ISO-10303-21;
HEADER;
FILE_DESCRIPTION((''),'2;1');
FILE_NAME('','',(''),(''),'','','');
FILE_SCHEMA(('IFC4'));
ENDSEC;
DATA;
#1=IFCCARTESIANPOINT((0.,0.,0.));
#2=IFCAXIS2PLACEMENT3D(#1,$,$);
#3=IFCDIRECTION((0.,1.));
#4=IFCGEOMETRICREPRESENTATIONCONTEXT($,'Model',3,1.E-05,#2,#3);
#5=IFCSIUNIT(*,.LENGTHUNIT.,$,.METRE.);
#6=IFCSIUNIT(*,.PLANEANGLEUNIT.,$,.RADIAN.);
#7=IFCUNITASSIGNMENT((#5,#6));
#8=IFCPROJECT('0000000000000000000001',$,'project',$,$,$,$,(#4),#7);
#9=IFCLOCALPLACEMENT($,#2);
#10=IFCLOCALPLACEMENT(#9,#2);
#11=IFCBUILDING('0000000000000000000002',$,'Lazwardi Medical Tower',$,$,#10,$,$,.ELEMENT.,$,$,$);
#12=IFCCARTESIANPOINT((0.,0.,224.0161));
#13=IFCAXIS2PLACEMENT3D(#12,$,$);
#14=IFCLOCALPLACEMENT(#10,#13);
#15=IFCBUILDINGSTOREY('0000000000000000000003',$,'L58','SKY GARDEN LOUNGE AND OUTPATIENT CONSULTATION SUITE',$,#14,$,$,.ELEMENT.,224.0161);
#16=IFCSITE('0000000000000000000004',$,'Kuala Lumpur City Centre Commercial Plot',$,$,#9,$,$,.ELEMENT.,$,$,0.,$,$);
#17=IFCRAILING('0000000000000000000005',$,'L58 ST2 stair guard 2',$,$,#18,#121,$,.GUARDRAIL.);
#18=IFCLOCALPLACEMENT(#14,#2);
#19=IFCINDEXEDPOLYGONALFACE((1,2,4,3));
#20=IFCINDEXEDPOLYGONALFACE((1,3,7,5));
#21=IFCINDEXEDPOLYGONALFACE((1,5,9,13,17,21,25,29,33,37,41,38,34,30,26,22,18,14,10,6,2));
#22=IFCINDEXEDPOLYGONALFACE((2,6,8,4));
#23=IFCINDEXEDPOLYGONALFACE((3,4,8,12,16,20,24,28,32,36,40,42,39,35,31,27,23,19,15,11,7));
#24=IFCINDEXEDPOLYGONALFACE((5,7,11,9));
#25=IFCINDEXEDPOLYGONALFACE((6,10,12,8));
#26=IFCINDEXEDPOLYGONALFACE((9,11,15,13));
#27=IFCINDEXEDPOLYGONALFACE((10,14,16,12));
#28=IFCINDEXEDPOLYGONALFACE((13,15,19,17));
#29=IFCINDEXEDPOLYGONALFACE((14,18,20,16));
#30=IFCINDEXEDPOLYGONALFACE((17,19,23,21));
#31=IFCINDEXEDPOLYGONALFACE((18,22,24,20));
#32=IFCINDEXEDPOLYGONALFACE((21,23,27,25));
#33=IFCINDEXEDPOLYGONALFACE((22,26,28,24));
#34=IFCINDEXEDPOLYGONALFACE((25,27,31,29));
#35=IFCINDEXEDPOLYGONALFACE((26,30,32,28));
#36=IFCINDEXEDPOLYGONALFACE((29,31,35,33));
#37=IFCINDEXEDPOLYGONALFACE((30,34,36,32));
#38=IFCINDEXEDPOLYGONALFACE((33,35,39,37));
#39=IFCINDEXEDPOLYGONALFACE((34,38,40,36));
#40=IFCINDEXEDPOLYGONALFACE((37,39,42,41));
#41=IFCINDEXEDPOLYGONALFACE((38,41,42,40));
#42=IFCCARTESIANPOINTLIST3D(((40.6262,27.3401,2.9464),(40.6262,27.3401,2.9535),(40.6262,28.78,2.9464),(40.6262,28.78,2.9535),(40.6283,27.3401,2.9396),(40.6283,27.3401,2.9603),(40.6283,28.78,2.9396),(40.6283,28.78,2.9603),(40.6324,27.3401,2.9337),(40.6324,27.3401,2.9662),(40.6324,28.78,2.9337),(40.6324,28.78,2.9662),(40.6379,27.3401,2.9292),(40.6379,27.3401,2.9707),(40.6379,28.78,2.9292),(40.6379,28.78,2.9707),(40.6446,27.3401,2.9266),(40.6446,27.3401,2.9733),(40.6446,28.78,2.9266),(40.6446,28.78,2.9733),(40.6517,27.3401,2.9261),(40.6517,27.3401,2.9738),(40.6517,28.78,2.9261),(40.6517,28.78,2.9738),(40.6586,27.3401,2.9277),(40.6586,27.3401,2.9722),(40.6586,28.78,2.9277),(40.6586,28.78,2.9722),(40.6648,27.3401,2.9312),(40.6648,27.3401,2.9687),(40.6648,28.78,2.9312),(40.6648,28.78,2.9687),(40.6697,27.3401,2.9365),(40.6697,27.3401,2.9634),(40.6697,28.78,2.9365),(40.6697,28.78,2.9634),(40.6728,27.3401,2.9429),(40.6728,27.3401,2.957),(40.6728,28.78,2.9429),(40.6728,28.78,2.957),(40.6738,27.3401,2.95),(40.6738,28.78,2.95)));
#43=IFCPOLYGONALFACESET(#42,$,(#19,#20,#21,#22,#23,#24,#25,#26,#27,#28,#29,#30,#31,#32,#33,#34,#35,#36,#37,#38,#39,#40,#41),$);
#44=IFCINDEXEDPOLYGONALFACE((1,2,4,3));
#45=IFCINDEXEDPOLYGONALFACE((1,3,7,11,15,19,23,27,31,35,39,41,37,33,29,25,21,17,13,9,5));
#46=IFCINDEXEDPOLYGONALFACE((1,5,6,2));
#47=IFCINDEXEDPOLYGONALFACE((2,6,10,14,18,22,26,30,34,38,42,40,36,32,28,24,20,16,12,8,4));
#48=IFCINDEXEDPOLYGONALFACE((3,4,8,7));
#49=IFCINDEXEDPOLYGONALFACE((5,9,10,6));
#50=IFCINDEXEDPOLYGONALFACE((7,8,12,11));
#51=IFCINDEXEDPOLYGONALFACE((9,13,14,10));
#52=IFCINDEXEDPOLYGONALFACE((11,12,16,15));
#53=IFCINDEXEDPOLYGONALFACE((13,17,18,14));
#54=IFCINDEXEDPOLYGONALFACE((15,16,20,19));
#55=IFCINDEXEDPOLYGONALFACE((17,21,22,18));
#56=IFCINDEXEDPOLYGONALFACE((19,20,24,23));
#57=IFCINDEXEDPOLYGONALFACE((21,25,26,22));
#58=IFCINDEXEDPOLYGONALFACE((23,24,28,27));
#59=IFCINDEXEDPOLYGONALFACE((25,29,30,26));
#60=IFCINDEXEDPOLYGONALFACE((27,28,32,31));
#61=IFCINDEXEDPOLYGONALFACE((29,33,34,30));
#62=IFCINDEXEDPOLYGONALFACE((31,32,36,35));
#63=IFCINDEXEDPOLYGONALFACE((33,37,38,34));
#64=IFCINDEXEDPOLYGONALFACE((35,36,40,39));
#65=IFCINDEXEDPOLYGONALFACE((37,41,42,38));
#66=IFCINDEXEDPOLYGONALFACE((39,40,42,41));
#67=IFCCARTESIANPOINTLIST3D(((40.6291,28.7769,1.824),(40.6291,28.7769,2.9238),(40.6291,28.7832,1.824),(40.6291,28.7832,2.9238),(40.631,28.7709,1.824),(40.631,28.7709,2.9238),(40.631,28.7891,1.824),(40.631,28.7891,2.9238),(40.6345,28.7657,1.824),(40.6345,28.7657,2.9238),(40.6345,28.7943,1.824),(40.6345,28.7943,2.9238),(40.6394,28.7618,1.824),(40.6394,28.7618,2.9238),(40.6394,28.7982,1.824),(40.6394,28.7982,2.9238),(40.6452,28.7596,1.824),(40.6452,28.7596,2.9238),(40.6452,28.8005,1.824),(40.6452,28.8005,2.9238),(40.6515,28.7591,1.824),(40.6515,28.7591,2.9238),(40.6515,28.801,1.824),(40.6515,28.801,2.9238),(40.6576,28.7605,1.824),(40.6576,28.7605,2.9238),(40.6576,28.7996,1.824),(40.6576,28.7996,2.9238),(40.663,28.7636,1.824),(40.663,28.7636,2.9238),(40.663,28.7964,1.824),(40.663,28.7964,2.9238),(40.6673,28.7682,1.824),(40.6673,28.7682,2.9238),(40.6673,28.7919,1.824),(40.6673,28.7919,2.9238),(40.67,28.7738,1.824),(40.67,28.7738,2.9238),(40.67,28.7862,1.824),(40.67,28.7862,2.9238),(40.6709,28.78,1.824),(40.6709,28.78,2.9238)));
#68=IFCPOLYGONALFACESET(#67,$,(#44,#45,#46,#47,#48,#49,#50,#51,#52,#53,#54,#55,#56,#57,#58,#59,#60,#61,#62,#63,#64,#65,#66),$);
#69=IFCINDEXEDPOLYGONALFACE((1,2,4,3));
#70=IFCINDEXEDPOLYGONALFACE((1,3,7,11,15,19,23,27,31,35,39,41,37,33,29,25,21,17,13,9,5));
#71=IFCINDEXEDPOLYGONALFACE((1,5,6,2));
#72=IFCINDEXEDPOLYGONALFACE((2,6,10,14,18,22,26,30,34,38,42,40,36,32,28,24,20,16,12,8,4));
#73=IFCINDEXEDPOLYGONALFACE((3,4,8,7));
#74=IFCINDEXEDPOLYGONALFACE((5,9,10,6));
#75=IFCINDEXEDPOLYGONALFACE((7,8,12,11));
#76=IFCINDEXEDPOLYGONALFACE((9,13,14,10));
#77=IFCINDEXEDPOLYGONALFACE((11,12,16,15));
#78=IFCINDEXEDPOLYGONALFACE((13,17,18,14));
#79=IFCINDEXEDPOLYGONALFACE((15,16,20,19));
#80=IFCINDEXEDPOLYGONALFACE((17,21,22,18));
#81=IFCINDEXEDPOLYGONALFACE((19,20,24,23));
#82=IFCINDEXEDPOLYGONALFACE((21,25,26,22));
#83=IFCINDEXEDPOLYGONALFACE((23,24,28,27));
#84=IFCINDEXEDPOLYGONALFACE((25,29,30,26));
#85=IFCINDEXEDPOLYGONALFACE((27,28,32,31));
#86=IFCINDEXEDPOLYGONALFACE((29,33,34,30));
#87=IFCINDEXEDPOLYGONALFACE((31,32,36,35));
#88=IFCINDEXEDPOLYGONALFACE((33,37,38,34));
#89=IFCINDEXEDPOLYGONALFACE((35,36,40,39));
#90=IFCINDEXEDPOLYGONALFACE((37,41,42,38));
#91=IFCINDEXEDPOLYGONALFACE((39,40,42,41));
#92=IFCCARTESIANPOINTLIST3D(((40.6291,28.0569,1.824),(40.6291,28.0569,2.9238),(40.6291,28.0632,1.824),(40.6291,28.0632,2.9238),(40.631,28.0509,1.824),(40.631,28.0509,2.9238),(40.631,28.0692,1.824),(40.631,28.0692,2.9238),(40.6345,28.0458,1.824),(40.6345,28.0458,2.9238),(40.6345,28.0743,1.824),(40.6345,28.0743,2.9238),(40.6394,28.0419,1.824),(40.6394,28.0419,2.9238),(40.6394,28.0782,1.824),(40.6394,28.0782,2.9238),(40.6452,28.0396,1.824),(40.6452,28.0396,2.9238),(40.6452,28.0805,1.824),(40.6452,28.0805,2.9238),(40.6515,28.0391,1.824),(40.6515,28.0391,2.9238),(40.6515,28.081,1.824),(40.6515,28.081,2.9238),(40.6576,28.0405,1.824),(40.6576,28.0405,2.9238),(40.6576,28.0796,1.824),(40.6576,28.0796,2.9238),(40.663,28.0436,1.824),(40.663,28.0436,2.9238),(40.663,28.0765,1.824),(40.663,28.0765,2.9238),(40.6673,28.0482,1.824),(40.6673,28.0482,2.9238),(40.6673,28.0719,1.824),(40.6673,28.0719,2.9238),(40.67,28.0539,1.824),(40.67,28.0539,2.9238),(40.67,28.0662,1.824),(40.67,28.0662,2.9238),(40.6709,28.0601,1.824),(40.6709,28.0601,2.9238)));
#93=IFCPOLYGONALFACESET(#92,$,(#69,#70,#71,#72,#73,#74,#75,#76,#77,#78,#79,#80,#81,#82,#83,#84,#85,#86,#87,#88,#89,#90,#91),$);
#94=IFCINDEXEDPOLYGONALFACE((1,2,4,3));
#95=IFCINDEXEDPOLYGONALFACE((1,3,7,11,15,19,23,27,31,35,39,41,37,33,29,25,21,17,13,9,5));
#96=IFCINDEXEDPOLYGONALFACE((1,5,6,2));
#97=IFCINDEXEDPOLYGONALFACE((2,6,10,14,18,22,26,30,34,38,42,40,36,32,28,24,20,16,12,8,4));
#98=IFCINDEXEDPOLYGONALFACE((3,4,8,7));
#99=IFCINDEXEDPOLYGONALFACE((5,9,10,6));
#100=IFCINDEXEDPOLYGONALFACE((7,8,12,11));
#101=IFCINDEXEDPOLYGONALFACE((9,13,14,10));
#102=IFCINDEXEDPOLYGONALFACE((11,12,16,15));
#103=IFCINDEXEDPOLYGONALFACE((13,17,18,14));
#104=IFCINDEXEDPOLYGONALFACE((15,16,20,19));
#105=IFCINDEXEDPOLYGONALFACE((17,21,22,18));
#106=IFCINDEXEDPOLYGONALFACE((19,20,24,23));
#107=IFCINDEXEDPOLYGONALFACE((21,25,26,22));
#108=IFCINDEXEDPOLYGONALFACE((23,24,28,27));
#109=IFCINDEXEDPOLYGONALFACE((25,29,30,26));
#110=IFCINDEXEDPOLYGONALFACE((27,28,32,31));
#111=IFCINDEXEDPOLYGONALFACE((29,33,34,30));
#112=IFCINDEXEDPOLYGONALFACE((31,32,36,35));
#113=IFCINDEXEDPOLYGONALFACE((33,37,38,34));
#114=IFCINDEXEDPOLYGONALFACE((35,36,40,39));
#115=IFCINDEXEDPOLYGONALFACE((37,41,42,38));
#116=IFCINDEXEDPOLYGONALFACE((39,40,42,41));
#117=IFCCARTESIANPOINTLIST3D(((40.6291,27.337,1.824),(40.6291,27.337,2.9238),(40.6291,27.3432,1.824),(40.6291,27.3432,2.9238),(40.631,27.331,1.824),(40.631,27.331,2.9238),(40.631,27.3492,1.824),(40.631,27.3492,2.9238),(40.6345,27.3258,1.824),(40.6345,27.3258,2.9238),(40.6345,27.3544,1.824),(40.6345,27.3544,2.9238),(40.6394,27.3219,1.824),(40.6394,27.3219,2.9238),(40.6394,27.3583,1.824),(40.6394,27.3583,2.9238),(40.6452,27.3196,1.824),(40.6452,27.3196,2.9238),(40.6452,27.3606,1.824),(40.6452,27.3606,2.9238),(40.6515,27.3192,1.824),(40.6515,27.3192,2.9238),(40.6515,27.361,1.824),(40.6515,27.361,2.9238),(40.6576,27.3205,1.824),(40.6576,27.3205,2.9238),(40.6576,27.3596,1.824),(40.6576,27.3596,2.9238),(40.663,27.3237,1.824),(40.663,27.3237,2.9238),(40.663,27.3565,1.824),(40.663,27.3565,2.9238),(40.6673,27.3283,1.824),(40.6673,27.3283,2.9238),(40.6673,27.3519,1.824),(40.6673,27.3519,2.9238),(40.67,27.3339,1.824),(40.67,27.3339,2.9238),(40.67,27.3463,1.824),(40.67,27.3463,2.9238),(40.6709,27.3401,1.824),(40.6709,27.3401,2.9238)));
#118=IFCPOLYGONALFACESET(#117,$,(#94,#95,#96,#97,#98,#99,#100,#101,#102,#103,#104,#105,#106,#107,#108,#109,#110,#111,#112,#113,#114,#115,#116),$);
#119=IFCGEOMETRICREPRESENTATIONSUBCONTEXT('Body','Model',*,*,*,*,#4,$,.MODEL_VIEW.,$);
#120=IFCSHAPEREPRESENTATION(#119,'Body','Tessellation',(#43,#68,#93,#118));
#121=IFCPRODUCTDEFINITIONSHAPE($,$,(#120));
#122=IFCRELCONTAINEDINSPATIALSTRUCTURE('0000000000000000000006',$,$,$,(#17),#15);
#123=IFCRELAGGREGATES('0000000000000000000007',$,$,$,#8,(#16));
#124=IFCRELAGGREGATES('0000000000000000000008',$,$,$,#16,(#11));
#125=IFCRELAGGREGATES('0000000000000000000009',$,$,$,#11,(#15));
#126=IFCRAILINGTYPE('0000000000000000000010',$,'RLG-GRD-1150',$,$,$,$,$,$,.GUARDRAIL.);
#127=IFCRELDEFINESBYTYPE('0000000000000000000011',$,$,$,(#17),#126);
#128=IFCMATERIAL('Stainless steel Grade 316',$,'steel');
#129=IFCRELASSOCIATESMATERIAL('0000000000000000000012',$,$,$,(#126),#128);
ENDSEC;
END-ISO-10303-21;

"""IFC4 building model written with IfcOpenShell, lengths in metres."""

from ifc_helpers import new_model, si_unit, direction, frame, origin, origin_2d, place, context, subcontext, project, spatial, circle, extrude, material, type_object, element, save


model = new_model("IFC4")

# Units and contexts
model_context = context("Model", 3, precision=1e-05, world=origin(), true_north=direction((0.0, 1.0)))
body_context = subcontext(model_context, "Body", "Model", "MODEL_VIEW")
ifc_project = project(units=[si_unit("LENGTHUNIT", "METRE"), si_unit("PLANEANGLEUNIT", "RADIAN")], contexts=[model_context])

# Site, building, storey
site_placement = place(None, origin())
site = spatial("IfcSite", under=ifc_project, at=site_placement, Name="Kuala Lumpur City Centre Commercial Plot", CompositionType="ELEMENT", RefElevation=0.0)
building_placement = place(site_placement, origin())
building = spatial("IfcBuilding", under=site, at=building_placement, Name="Lazwardi Medical Tower", CompositionType="ELEMENT")
storey_placement = place(building_placement, frame((0.0, 0.0, 224.0161)))
storey = spatial("IfcBuildingStorey", under=building, at=storey_placement, Name="L58", Description="SKY GARDEN LOUNGE AND OUTPATIENT CONSULTATION SUITE", CompositionType="ELEMENT", Elevation=224.0161)

# Railing
ifc_material_1 = material(Name="Stainless steel Grade 316", Category="steel")
railing_type_1 = type_object("IfcRailingType", Name="RLG-GRD-1150", PredefinedType="GUARDRAIL", material=ifc_material_1)
railing_1_placement = place(storey_placement, frame((40.6499, 28.78, 1.824)))
element("IfcRailing", 1, at=railing_1_placement, inside=storey, type_object=railing_type_1, Name="L58 ST2 stair guard 2", PredefinedType="GUARDRAIL", context=body_context, shape_type="SweptSolid", body=[
    extrude(circle(Radius=0.0239, at=origin_2d()), frame((0.0, 0.0, 1.126), z_axis=(0.0, -1.0, 0.0), x_axis=(1.0, 0.0, 0.0)), (0.0, 0.0, 1.0), 1.4399),
    extrude(circle(Radius=0.021, at=origin_2d()), origin(), (0.0, 0.0, 1.0), 1.0999),
    extrude(circle(Radius=0.021, at=origin_2d()), frame((0.0, -0.72, 0.0)), (0.0, 0.0, 1.0), 1.0999),
    extrude(circle(Radius=0.021, at=origin_2d()), frame((0.0, -1.4399, 0.0)), (0.0, 0.0, 1.0), 1.0999),
])

save(model, "model.ifc")
